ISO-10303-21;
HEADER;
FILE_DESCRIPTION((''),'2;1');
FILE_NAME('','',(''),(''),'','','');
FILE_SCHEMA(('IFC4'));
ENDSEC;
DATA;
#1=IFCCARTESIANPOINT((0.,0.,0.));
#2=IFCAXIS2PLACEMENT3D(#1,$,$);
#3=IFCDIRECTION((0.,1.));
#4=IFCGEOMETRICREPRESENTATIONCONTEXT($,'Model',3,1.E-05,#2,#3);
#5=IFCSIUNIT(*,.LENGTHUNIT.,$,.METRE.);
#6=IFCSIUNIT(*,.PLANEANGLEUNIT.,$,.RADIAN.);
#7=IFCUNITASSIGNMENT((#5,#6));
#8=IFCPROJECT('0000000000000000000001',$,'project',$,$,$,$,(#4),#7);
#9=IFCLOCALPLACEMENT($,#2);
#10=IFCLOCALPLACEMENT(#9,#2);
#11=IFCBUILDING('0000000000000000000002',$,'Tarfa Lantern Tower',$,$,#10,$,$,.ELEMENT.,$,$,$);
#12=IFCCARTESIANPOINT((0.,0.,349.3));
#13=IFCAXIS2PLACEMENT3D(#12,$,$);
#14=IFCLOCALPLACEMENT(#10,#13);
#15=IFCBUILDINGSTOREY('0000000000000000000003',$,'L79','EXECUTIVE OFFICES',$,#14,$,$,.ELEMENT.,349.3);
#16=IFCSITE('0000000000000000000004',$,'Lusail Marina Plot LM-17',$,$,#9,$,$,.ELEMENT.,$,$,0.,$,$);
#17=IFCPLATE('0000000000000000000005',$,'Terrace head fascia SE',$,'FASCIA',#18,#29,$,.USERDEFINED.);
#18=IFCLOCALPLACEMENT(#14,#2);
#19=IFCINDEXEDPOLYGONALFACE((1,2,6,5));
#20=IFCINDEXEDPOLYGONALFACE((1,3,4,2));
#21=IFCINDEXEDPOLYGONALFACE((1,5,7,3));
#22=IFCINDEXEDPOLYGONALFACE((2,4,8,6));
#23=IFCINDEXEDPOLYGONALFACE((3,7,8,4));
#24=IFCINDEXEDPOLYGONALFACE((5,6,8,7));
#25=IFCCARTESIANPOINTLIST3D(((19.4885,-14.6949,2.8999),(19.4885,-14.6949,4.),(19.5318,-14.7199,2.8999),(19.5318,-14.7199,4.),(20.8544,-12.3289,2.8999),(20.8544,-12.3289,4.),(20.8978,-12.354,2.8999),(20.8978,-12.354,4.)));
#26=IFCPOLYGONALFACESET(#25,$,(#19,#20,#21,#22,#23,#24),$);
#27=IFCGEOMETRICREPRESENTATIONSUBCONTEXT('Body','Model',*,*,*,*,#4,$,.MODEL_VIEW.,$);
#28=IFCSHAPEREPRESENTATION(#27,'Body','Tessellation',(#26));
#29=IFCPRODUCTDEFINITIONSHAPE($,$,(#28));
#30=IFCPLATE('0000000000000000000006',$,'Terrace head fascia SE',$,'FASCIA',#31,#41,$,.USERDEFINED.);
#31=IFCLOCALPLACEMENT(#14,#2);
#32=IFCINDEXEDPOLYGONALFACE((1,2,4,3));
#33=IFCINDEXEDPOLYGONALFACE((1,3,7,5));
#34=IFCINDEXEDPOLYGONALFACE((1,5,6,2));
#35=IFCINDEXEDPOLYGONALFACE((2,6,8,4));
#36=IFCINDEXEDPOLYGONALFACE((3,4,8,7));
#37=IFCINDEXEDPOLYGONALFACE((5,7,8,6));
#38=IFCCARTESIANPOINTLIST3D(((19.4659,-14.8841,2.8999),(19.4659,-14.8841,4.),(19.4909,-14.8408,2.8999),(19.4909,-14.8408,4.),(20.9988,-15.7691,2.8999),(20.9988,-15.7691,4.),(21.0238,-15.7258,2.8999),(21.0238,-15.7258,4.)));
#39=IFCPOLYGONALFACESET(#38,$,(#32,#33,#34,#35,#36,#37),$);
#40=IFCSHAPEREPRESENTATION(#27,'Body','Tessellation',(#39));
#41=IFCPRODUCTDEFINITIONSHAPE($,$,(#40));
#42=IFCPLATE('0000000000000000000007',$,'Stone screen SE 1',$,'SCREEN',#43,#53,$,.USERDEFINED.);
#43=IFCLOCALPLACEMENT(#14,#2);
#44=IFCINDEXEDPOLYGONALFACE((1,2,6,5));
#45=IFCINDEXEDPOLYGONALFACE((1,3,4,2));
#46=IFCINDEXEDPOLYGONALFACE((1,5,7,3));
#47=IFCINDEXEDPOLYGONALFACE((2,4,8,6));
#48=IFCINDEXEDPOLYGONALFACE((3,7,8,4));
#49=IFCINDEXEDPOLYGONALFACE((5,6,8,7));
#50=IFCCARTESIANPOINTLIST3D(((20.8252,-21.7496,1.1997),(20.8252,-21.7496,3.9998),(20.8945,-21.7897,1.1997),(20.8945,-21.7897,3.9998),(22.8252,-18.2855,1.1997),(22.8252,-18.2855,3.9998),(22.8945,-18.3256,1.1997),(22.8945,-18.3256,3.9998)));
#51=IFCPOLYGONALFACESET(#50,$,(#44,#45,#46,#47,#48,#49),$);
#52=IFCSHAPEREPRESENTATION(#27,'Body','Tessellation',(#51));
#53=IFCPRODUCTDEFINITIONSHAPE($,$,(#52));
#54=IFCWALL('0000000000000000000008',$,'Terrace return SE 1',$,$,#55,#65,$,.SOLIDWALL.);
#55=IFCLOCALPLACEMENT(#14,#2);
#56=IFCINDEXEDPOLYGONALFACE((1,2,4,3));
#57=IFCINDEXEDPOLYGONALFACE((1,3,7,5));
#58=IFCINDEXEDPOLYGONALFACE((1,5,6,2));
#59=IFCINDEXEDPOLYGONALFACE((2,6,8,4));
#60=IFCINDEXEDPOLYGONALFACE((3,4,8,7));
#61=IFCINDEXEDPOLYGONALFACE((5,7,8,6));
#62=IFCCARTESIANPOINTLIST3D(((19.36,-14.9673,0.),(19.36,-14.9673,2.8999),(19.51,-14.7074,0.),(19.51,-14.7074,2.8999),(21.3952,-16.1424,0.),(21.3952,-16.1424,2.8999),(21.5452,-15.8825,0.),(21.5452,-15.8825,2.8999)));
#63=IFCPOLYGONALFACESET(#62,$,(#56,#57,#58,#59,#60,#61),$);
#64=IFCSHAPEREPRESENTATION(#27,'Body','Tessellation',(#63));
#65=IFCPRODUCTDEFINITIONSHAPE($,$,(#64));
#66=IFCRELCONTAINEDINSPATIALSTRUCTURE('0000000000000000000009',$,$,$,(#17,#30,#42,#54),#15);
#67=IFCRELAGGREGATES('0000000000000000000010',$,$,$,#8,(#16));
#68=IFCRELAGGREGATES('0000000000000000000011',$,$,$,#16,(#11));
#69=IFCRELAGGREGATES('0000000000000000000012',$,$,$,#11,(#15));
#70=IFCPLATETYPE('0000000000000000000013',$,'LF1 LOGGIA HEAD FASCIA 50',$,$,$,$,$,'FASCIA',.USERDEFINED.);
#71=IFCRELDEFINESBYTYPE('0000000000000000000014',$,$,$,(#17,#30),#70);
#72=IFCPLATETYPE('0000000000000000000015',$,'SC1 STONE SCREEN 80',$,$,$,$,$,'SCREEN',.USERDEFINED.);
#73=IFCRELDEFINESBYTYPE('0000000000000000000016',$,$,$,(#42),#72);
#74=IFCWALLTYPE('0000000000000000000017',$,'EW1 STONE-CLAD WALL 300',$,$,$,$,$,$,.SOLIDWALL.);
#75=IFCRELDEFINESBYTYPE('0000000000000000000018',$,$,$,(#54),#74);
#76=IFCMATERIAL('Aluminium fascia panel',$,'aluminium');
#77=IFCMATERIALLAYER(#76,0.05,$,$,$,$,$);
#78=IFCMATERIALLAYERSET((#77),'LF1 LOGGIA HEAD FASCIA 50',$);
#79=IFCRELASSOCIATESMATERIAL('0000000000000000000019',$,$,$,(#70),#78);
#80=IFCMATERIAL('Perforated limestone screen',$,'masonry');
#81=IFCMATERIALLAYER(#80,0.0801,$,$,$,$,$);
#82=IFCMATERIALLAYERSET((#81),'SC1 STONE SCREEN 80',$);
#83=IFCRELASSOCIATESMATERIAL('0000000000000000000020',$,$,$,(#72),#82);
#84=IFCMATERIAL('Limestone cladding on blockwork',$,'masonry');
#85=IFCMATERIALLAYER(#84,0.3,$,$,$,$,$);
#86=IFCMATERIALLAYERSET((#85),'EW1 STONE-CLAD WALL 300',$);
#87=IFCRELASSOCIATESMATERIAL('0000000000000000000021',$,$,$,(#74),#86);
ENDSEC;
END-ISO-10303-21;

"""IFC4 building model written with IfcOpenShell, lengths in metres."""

from ifc_helpers import new_model, si_unit, direction, frame, frame_2d, origin, origin_2d, place, context, subcontext, project, spatial, rectangle, extrude, material, layer, layer_set, type_object, element, save


model = new_model("IFC4")

# Units and contexts
model_context = context("Model", 3, precision=1e-05, world=origin(), true_north=direction((0.0, 1.0)))
body_context = subcontext(model_context, "Body", "Model", "MODEL_VIEW")
ifc_project = project(units=[si_unit("LENGTHUNIT", "METRE"), si_unit("PLANEANGLEUNIT", "RADIAN")], contexts=[model_context])

# Site, building, storey
site_placement = place(None, origin())
site = spatial("IfcSite", under=ifc_project, at=site_placement, Name="Lusail Marina Plot LM-17", CompositionType="ELEMENT", RefElevation=0.0)
building_placement = place(site_placement, origin())
building = spatial("IfcBuilding", under=site, at=building_placement, Name="Tarfa Lantern Tower", CompositionType="ELEMENT")
storey_placement = place(building_placement, frame((0.0, 0.0, 349.3)))
storey = spatial("IfcBuildingStorey", under=building, at=storey_placement, Name="L79", Description="EXECUTIVE OFFICES", CompositionType="ELEMENT", Elevation=349.3)

# Plates
ifc_material_1 = material(Name="Aluminium fascia panel", Category="aluminium")
ifc_layer_1 = layer(ifc_material_1, 0.05)
ifc_layer_set_1 = layer_set([ifc_layer_1], Name="LF1 LOGGIA HEAD FASCIA 50")
plate_type_1 = type_object("IfcPlateType", Name="LF1 LOGGIA HEAD FASCIA 50", ElementType="FASCIA", PredefinedType="USERDEFINED", material=ifc_layer_set_1)
plate_1_placement = place(storey_placement, frame((20.1931, -13.5244, 2.8999), z_axis=(0.0, 0.0, 1.0), x_axis=(0.5, 0.866025, 0.0)))
element("IfcPlate", 1, at=plate_1_placement, inside=storey, type_object=plate_type_1, Name="Terrace head fascia SE", ObjectType="FASCIA", PredefinedType="USERDEFINED", context=body_context, shape_type="SweptSolid", body=[
    extrude(rectangle(XDim=2.7319, YDim=0.05, at=origin_2d()), origin(), (0.0, 0.0, 1.0), 1.1001),
])
plate_2_placement = place(storey_placement, frame((20.2449, -15.3049, 2.8999), z_axis=(0.0, 0.0, 1.0), x_axis=(-0.866025, 0.5, 0.0)))
element("IfcPlate", 2, at=plate_2_placement, inside=storey, type_object=plate_type_1, Name="Terrace head fascia SE", ObjectType="FASCIA", PredefinedType="USERDEFINED", context=body_context, shape_type="SweptSolid", body=[
    extrude(rectangle(XDim=1.77, YDim=0.05, at=origin_2d()), origin(), (0.0, 0.0, 1.0), 1.1001),
])
ifc_material_2 = material(Name="Perforated limestone screen", Category="masonry")
ifc_layer_2 = layer(ifc_material_2, 0.0801)
ifc_layer_set_2 = layer_set([ifc_layer_2], Name="SC1 STONE SCREEN 80")
plate_type_2 = type_object("IfcPlateType", Name="SC1 STONE SCREEN 80", ElementType="SCREEN", PredefinedType="USERDEFINED", material=ifc_layer_set_2)
plate_3_placement = place(storey_placement, frame((21.8599, -20.0376, 1.1997), z_axis=(0.0, 0.0, 1.0), x_axis=(0.5, 0.866025, 0.0)))
element("IfcPlate", 3, at=plate_3_placement, inside=storey, type_object=plate_type_2, Name="Stone screen SE 1", ObjectType="SCREEN", PredefinedType="USERDEFINED", context=body_context, shape_type="SweptSolid", body=[
    extrude(rectangle(XDim=4.0, YDim=0.0801, at=origin_2d()), origin(), (0.0, 0.0, 1.0), 2.8),
])

# Shared definitions
ifc_material_3 = material(Name="Limestone cladding on blockwork", Category="masonry")
ifc_layer_3 = layer(ifc_material_3, 0.3)
ifc_layer_set_3 = layer_set([ifc_layer_3], Name="EW1 STONE-CLAD WALL 300")
wall_type = type_object("IfcWallType", Name="EW1 STONE-CLAD WALL 300", PredefinedType="SOLIDWALL", material=ifc_layer_set_3)

# Wall
wall_1_placement = place(storey_placement, frame((21.4702, -16.0125, 0.0), z_axis=(0.0, 0.0, 1.0), x_axis=(-0.866016, 0.500016, 0.0)))
element("IfcWall", 4, at=wall_1_placement, inside=storey, type_object=wall_type, Name="Terrace return SE 1", PredefinedType="SOLIDWALL", context=body_context, shape_type="SweptSolid", body=[
    extrude(rectangle(XDim=2.3501, YDim=0.3, at=frame_2d((1.175, 0.0))), origin(), (0.0, 0.0, 1.0), 2.8999),
])

save(model, "model.ifc")
